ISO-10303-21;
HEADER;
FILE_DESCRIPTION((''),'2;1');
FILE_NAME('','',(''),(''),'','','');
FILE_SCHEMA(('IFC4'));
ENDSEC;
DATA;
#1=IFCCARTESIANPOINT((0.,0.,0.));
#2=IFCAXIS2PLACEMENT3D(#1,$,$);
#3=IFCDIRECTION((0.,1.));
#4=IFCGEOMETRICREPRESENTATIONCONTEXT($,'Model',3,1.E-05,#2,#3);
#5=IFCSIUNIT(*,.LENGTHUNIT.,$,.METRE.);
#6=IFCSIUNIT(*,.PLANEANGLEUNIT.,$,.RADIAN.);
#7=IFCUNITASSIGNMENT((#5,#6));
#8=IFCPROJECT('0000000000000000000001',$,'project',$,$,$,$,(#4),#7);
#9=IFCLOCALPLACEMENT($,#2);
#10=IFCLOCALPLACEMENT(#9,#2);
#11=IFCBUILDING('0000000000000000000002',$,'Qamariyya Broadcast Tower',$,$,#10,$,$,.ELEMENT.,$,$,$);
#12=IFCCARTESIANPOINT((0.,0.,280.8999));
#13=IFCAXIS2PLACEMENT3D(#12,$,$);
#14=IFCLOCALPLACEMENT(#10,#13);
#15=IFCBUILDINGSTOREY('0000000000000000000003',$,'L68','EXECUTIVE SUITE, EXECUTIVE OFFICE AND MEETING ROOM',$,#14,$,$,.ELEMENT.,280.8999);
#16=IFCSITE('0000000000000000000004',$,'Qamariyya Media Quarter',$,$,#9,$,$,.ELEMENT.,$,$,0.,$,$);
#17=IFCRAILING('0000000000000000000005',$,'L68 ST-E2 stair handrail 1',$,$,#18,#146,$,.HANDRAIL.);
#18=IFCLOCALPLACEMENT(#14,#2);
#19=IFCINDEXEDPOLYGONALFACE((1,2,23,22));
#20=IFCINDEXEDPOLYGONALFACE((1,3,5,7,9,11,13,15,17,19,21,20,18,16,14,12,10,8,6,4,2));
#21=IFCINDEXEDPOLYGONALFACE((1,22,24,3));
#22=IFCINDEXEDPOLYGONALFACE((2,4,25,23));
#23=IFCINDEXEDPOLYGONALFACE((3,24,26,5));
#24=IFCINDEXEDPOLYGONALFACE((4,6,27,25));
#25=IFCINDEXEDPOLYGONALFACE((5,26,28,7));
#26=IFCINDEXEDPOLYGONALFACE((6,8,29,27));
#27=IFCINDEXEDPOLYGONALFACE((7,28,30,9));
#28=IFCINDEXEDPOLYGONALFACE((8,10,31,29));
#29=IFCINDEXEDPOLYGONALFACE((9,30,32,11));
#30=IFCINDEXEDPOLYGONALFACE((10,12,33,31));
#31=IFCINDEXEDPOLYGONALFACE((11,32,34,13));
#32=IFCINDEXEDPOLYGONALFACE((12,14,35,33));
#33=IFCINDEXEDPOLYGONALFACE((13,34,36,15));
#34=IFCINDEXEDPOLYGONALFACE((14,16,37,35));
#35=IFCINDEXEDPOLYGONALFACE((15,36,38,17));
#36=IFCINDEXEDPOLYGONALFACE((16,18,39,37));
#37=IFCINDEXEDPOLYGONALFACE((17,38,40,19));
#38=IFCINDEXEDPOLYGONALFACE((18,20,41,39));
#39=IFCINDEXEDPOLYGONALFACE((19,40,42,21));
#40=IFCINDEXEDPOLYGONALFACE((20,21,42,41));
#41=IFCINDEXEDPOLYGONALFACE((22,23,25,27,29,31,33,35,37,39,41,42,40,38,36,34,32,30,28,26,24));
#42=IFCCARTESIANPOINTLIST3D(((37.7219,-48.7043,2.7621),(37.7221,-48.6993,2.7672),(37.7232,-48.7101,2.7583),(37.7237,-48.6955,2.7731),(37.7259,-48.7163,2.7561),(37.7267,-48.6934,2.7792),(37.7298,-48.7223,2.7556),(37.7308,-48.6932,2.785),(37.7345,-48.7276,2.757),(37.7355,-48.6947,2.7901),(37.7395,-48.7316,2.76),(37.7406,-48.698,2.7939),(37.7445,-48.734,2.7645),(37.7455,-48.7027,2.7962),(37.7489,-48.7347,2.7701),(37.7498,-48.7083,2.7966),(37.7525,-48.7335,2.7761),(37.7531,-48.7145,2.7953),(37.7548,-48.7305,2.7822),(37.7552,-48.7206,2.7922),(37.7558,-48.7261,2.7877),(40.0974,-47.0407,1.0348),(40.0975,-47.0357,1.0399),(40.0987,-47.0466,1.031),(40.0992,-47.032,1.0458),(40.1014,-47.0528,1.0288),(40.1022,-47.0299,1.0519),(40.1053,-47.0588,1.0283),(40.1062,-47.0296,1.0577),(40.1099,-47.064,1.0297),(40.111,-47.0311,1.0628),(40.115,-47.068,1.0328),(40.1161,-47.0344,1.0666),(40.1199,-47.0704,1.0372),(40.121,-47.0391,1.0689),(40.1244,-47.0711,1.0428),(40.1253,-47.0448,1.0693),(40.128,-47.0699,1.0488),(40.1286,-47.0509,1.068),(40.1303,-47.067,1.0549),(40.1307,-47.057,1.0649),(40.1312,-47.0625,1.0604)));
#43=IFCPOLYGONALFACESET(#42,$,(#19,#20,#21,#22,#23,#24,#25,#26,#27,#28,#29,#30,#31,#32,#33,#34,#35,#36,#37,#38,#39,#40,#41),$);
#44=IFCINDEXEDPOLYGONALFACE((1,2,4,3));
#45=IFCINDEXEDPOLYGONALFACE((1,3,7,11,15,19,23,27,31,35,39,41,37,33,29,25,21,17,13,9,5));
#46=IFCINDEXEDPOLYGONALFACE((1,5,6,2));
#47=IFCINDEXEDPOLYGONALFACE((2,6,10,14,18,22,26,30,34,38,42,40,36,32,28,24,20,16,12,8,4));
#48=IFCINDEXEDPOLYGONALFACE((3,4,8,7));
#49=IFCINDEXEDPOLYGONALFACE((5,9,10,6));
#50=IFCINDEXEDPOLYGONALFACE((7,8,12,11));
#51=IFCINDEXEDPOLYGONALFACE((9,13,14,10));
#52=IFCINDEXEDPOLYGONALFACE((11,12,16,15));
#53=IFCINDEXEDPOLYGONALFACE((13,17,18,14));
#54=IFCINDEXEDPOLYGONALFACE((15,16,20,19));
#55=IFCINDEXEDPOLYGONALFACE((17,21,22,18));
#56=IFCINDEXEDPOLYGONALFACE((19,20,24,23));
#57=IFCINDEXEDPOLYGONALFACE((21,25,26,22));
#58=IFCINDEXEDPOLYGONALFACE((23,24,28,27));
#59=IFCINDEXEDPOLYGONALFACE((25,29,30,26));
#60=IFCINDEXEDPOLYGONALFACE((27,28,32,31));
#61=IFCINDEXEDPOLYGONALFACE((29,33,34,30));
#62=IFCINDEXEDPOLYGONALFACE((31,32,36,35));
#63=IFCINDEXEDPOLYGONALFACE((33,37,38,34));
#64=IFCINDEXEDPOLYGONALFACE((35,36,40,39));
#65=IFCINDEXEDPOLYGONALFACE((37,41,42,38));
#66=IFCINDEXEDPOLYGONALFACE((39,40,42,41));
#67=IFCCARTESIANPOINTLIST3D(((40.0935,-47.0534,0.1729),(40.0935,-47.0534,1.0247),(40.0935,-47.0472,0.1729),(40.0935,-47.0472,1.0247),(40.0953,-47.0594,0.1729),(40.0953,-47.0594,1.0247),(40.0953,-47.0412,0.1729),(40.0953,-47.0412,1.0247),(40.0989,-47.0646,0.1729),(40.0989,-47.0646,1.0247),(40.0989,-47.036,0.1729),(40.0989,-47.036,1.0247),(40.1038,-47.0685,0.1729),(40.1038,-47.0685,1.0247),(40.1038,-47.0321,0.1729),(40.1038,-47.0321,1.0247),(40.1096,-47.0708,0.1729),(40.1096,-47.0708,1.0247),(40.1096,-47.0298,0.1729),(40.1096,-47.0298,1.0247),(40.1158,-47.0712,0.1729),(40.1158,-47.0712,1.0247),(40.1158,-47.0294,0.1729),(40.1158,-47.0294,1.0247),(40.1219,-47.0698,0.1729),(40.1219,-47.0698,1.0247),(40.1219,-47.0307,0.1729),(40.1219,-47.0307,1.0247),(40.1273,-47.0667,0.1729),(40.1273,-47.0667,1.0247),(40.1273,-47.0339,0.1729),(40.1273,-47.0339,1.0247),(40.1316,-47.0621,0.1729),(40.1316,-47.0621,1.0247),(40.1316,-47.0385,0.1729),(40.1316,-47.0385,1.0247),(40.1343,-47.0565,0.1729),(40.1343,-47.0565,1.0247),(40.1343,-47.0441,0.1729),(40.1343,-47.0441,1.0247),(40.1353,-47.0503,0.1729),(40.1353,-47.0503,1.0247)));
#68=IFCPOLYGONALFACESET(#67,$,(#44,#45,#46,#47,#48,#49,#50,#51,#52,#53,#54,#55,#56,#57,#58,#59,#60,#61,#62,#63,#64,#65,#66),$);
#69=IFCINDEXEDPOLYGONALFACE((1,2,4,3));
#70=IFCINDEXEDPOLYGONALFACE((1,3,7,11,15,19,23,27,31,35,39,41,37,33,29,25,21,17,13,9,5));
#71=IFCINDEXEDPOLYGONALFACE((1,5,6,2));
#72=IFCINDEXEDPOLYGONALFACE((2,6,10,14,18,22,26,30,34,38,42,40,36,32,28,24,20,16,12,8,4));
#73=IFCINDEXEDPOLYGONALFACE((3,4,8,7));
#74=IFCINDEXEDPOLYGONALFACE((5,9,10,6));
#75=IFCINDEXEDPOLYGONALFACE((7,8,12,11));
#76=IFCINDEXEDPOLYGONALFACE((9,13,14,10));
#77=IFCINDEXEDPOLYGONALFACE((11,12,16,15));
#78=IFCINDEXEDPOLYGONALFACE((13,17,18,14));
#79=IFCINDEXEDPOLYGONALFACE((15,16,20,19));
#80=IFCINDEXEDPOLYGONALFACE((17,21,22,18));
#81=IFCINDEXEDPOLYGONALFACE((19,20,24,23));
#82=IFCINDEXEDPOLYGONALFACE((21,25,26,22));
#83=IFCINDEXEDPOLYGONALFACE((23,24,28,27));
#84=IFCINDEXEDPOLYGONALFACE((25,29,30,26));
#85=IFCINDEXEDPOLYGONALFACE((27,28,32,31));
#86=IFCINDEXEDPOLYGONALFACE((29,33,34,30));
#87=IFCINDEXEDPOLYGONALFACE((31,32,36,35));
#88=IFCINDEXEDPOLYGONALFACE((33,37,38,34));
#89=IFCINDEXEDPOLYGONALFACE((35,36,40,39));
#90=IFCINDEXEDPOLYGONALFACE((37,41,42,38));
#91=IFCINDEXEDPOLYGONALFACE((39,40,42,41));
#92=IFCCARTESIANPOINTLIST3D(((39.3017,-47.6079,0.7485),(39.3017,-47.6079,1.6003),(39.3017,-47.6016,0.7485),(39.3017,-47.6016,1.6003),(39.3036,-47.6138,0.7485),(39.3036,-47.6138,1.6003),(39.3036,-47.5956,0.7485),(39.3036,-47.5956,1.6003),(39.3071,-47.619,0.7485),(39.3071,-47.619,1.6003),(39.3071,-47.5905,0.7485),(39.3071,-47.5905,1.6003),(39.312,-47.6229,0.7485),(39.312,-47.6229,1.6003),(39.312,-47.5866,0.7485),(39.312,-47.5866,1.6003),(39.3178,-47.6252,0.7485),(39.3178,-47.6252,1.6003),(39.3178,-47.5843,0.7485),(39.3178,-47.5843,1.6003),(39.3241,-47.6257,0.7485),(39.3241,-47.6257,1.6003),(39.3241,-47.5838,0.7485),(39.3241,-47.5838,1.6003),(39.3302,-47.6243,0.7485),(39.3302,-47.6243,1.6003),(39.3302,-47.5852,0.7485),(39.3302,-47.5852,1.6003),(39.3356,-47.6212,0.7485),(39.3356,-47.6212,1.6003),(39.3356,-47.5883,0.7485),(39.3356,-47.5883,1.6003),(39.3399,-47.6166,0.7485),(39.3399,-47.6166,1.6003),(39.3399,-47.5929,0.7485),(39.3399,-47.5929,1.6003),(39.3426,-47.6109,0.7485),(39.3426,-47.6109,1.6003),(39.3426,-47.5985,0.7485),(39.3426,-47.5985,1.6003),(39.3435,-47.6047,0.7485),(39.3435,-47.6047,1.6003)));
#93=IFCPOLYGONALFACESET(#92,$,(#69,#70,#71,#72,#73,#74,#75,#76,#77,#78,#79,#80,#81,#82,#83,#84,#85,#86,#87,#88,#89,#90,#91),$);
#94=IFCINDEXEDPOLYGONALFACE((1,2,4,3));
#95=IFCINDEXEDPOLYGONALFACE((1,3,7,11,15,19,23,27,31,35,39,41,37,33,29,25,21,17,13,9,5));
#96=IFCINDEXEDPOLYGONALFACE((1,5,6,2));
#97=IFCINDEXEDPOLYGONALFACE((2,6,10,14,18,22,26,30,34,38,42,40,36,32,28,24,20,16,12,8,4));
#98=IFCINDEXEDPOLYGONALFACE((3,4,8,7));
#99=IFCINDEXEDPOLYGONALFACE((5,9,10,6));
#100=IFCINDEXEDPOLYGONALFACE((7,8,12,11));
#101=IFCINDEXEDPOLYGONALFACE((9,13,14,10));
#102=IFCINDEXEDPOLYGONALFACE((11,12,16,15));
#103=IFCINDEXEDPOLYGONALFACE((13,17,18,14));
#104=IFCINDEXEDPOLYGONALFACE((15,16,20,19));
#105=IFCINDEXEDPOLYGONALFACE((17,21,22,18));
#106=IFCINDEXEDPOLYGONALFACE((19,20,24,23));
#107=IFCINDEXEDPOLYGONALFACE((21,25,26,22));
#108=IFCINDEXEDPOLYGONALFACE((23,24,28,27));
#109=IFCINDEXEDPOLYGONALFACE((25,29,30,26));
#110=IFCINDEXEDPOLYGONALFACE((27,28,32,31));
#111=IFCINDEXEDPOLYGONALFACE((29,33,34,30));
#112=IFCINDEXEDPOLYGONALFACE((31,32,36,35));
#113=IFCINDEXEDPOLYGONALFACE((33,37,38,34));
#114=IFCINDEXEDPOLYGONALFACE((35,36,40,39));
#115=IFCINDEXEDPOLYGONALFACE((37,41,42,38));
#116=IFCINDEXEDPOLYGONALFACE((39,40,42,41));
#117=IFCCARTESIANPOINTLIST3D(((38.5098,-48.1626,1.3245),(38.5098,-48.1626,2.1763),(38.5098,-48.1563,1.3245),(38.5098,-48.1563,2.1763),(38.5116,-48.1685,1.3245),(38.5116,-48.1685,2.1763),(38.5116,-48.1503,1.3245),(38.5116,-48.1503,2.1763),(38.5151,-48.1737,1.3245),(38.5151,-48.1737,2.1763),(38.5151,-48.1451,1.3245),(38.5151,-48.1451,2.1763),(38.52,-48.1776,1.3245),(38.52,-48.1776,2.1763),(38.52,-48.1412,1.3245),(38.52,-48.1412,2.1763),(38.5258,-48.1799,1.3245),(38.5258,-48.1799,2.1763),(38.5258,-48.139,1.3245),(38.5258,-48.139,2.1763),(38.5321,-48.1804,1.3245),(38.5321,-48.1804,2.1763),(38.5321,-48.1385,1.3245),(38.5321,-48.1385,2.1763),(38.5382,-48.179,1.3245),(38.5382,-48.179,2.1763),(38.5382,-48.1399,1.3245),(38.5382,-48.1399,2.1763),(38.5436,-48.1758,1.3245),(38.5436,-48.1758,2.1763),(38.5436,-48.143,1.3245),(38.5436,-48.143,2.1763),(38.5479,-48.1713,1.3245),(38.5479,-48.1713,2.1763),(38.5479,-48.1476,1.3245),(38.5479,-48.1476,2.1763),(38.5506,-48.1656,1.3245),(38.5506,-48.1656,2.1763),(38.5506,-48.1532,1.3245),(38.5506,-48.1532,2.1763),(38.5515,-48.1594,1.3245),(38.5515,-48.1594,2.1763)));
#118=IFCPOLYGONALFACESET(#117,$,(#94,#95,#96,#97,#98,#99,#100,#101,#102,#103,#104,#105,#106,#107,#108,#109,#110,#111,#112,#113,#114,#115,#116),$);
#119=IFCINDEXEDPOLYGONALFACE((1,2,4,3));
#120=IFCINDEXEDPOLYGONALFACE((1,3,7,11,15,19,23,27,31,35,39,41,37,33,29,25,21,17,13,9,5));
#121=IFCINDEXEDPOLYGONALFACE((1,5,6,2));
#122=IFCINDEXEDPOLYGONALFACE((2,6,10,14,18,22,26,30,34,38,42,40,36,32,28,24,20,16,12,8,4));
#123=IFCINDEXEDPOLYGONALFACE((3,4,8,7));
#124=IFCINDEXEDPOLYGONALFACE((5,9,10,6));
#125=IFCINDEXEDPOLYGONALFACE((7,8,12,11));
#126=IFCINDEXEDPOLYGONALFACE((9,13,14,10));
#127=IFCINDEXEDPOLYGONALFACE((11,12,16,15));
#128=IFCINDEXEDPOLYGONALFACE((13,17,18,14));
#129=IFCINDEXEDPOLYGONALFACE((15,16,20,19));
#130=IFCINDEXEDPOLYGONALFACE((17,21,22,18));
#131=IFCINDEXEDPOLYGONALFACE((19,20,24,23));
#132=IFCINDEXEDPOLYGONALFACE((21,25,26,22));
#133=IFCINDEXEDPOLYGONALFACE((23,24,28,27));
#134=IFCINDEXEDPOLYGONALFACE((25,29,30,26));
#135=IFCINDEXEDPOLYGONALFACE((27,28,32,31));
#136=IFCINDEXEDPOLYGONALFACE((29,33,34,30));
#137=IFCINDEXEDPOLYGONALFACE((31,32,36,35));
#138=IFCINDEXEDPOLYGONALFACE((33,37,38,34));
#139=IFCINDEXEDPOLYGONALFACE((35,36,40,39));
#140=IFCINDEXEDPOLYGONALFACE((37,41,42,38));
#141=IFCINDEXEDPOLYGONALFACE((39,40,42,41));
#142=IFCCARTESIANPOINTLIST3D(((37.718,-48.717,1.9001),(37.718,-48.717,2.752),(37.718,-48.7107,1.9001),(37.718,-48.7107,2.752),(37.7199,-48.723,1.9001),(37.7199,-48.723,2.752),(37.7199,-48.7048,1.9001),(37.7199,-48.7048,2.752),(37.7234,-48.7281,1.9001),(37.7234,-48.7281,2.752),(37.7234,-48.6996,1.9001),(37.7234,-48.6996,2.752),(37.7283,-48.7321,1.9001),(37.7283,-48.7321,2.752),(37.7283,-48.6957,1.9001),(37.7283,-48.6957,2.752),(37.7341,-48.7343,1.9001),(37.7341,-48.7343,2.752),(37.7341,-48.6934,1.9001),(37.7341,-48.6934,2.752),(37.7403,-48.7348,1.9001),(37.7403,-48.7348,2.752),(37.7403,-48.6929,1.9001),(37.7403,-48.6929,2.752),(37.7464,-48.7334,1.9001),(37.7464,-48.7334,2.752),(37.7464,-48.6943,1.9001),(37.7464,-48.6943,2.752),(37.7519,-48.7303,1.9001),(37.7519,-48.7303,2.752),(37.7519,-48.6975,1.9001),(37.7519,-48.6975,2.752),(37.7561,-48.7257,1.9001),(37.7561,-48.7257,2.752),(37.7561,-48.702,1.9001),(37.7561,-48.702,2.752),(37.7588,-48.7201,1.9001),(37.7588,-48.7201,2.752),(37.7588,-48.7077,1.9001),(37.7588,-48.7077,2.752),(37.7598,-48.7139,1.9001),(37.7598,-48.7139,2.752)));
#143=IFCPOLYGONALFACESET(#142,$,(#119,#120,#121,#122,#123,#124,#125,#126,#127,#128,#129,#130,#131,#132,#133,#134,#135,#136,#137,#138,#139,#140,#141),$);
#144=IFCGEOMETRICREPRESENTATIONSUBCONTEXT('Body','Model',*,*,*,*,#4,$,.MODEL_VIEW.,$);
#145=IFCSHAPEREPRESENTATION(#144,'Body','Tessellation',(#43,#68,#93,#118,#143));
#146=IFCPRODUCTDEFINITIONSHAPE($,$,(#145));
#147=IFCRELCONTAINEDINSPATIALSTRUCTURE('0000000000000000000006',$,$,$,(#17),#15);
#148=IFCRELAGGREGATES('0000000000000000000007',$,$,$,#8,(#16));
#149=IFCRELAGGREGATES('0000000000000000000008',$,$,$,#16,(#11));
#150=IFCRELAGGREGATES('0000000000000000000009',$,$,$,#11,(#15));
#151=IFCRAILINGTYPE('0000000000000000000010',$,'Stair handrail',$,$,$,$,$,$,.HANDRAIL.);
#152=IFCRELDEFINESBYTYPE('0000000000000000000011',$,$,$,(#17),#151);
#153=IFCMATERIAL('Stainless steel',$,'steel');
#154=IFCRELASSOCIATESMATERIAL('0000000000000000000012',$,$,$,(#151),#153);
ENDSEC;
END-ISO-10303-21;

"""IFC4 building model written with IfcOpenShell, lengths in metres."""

from ifc_helpers import new_model, si_unit, direction, frame, origin, origin_2d, place, context, subcontext, project, spatial, circle, extrude, material, type_object, element, save


model = new_model("IFC4")

# Units and contexts
model_context = context("Model", 3, precision=1e-05, world=origin(), true_north=direction((0.0, 1.0)))
body_context = subcontext(model_context, "Body", "Model", "MODEL_VIEW")
ifc_project = project(units=[si_unit("LENGTHUNIT", "METRE"), si_unit("PLANEANGLEUNIT", "RADIAN")], contexts=[model_context])

# Site, building, storey
site_placement = place(None, origin())
site = spatial("IfcSite", under=ifc_project, at=site_placement, Name="Qamariyya Media Quarter", CompositionType="ELEMENT", RefElevation=0.0)
building_placement = place(site_placement, origin())
building = spatial("IfcBuilding", under=site, at=building_placement, Name="Qamariyya Broadcast Tower", CompositionType="ELEMENT")
storey_placement = place(building_placement, frame((0.0, 0.0, 280.8999)))
storey = spatial("IfcBuildingStorey", under=building, at=storey_placement, Name="L68", Description="EXECUTIVE SUITE, EXECUTIVE OFFICE AND MEETING ROOM", CompositionType="ELEMENT", Elevation=280.8999)

# Railing
ifc_material_1 = material(Name="Stainless steel", Category="steel")
railing_type_1 = type_object("IfcRailingType", Name="Stair handrail", PredefinedType="HANDRAIL", material=ifc_material_1)
railing_1_placement = place(storey_placement, frame((40.1143, -47.0503, 0.1729)))
element("IfcRailing", 1, at=railing_1_placement, inside=storey, type_object=railing_type_1, Name="L68 ST-E2 stair handrail 1", PredefinedType="HANDRAIL", context=body_context, shape_type="SweptSolid", body=[
    extrude(circle(Radius=0.0239, at=origin_2d()), frame((0.0, 0.0, 0.876), z_axis=(-0.703745, -0.492838, 0.511716), x_axis=(0.573632, -0.819113, 0.0)), (0.0, 0.0, 1.0), 3.3755),
    extrude(circle(Radius=0.021, at=origin_2d()), origin(), (0.0, 0.0, 1.0), 0.8518),
    extrude(circle(Radius=0.021, at=origin_2d()), frame((-0.7917, -0.5544, 0.5757)), (0.0, 0.0, 1.0), 0.8518),
    extrude(circle(Radius=0.021, at=origin_2d()), frame((-1.5837, -1.1091, 1.1516)), (0.0, 0.0, 1.0), 0.8518),
    extrude(circle(Radius=0.021, at=origin_2d()), frame((-2.3755, -1.6636, 1.7273)), (0.0, 0.0, 1.0), 0.8518),
])

save(model, "model.ifc")
